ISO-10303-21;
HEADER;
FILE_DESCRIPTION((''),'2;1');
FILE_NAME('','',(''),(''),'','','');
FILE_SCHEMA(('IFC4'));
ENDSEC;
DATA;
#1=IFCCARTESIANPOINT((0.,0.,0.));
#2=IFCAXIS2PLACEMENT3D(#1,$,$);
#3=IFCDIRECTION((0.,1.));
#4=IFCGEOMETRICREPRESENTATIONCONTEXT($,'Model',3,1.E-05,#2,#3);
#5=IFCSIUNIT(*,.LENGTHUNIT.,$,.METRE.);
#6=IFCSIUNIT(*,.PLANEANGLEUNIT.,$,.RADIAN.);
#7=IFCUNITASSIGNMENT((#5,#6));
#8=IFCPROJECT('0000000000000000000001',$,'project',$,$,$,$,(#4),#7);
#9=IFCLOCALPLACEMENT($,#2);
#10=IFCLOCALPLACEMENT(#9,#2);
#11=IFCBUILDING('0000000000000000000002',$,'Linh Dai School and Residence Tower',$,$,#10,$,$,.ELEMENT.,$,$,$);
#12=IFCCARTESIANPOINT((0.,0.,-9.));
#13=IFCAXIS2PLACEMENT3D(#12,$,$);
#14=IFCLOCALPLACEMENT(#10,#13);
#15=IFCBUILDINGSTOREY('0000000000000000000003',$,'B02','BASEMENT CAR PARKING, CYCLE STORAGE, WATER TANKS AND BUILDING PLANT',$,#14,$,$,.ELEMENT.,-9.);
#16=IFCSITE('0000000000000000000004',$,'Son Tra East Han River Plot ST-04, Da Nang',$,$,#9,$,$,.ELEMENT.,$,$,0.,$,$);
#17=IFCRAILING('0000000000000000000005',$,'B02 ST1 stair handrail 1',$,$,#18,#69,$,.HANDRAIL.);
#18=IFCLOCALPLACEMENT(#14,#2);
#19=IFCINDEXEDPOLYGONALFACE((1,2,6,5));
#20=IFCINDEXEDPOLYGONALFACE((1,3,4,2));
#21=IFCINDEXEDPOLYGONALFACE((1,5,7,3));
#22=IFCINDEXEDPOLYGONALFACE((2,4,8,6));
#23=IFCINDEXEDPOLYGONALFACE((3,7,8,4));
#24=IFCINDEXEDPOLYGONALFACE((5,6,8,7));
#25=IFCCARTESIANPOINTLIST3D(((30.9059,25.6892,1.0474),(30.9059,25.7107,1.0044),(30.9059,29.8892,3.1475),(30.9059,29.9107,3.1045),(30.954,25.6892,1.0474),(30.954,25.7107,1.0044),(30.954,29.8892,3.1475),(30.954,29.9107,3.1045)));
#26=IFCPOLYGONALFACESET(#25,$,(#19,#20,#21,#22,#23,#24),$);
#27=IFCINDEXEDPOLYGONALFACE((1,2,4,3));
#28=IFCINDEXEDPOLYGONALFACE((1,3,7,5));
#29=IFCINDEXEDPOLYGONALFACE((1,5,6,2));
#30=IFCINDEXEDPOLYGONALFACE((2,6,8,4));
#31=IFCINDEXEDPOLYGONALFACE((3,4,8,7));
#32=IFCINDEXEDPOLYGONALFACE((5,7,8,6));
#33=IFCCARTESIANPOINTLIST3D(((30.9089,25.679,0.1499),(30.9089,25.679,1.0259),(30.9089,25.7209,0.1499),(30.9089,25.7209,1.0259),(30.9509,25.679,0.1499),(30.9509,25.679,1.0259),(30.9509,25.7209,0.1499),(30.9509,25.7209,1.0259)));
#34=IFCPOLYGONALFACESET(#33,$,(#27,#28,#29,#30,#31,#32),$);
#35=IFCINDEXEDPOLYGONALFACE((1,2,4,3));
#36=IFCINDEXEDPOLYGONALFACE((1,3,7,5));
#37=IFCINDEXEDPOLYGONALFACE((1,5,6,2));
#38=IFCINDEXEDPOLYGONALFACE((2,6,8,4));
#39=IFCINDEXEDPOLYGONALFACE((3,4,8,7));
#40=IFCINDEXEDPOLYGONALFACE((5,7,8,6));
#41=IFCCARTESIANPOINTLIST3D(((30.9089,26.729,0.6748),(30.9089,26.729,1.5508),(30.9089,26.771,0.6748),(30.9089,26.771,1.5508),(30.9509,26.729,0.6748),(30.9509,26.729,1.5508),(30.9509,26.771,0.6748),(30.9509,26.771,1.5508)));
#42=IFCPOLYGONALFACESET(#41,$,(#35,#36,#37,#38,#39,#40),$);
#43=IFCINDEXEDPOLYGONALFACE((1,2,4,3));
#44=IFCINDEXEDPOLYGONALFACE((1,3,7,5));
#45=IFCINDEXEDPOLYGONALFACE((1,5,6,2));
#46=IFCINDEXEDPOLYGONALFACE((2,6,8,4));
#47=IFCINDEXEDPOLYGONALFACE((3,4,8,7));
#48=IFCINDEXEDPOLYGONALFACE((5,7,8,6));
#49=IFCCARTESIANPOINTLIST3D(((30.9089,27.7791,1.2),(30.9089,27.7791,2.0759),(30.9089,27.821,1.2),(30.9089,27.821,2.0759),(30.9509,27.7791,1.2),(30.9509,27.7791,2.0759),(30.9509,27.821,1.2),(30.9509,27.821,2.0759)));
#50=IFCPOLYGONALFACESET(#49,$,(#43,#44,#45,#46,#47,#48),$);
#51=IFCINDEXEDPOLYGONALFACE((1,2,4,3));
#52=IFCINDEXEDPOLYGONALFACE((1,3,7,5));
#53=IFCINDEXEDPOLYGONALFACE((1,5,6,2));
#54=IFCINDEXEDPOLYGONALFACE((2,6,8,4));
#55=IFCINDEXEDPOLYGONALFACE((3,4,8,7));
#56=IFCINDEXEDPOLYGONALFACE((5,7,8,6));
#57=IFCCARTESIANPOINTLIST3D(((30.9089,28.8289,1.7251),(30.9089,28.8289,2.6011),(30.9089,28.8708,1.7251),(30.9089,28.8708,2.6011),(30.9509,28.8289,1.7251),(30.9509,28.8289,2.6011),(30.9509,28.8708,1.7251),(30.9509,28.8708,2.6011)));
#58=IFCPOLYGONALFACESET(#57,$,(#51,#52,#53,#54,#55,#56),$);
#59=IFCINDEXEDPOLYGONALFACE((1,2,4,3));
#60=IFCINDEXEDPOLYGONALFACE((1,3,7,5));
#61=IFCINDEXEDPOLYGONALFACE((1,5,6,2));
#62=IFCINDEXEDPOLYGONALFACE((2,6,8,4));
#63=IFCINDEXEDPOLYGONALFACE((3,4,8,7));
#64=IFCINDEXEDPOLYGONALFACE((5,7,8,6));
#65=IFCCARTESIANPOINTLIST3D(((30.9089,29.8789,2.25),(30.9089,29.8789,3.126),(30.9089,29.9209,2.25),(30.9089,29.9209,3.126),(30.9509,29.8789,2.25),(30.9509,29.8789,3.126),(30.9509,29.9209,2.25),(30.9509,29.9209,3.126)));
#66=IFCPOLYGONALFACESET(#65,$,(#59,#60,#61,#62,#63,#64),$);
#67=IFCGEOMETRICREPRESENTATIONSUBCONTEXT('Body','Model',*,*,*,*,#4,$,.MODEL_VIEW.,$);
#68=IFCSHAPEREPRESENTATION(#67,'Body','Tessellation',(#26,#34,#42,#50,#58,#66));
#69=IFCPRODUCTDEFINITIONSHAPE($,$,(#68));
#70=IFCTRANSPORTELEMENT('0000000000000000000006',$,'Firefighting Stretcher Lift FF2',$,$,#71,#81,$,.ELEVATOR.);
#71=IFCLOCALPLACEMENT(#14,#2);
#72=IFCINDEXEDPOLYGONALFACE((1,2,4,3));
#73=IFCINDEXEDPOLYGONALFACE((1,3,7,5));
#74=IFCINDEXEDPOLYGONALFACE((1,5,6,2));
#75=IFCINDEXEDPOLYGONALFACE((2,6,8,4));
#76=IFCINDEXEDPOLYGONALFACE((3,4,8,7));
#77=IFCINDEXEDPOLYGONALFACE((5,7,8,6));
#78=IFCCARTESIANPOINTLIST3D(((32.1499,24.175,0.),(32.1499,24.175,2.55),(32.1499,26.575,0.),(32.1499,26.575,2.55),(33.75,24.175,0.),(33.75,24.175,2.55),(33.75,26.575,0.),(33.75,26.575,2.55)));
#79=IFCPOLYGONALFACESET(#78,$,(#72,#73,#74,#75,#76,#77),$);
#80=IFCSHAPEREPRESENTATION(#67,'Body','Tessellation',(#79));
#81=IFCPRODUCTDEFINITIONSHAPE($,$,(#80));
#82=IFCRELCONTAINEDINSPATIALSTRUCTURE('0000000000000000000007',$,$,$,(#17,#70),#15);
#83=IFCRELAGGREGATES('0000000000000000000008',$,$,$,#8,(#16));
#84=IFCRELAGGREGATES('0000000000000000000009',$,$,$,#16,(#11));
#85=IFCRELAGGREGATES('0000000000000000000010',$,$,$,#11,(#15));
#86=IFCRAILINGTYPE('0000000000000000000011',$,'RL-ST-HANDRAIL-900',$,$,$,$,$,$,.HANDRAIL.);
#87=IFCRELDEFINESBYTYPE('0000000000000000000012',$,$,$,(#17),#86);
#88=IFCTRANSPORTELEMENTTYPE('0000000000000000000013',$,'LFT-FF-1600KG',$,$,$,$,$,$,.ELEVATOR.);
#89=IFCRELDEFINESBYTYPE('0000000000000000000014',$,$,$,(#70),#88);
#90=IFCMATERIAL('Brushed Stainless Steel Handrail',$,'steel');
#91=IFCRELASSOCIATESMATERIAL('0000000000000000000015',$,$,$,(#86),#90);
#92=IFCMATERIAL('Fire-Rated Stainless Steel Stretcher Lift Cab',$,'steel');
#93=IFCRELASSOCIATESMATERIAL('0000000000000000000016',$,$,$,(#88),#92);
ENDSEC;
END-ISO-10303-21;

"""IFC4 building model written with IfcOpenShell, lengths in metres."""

from ifc_helpers import new_model, si_unit, direction, frame, origin, origin_2d, place, context, subcontext, project, spatial, rectangle, extrude, source, transform, mapped, material, type_object, element, save


model = new_model("IFC4")

# Units and contexts
model_context = context("Model", 3, precision=1e-05, world=origin(), true_north=direction((0.0, 1.0)))
body_context = subcontext(model_context, "Body", "Model", "MODEL_VIEW")
ifc_project = project(units=[si_unit("LENGTHUNIT", "METRE"), si_unit("PLANEANGLEUNIT", "RADIAN")], contexts=[model_context])

# Site, building, storey
site_placement = place(None, origin())
site = spatial("IfcSite", under=ifc_project, at=site_placement, Name="Son Tra East Han River Plot ST-04, Da Nang", CompositionType="ELEMENT", RefElevation=0.0)
building_placement = place(site_placement, origin())
building = spatial("IfcBuilding", under=site, at=building_placement, Name="Linh Dai School and Residence Tower", CompositionType="ELEMENT")
storey_placement = place(building_placement, frame((0.0, 0.0, -9.0)))
storey = spatial("IfcBuildingStorey", under=building, at=storey_placement, Name="B02", Description="BASEMENT CAR PARKING, CYCLE STORAGE, WATER TANKS AND BUILDING PLANT", CompositionType="ELEMENT", Elevation=-9.0)

# Railing
ifc_material_1 = material(Name="Brushed Stainless Steel Handrail", Category="steel")
railing_type_1 = type_object("IfcRailingType", Name="RL-ST-HANDRAIL-900", PredefinedType="HANDRAIL", material=ifc_material_1)
shared_shape_1 = source(origin(), body_context, "Body", "SweptSolid", [
    extrude(rectangle(XDim=0.0481, YDim=0.0481, at=origin_2d()), frame((0.0, 0.0, 0.876), z_axis=(0.0, 0.894417, 0.447234), x_axis=(-1.0, 0.0, 0.0)), (0.0, 0.0, 1.0), 4.6958),
    extrude(rectangle(XDim=0.042, YDim=0.042, at=origin_2d()), origin(), (0.0, 0.0, 1.0), 0.876),
    extrude(rectangle(XDim=0.042, YDim=0.042, at=origin_2d()), frame((0.0, 1.05, 0.5249)), (0.0, 0.0, 1.0), 0.876),
    extrude(rectangle(XDim=0.042, YDim=0.042, at=origin_2d()), frame((0.0, 2.1001, 1.05)), (0.0, 0.0, 1.0), 0.876),
    extrude(rectangle(XDim=0.042, YDim=0.042, at=origin_2d()), frame((0.0, 3.1499, 1.5752)), (0.0, 0.0, 1.0), 0.876),
    extrude(rectangle(XDim=0.042, YDim=0.042, at=origin_2d()), frame((0.0, 4.2, 2.1001)), (0.0, 0.0, 1.0), 0.876),
])
railing_1_placement = place(storey_placement, frame((30.9299, 25.7, 0.1499)))
element("IfcRailing", 1, at=railing_1_placement, inside=storey, type_object=railing_type_1, Name="B02 ST1 stair handrail 1", PredefinedType="HANDRAIL", context=body_context, shape_type="MappedRepresentation", body=[
    mapped(shared_shape_1, transform((0.0, 0.0, 0.0), x_axis=(1.0, 0.0, 0.0), y_axis=(0.0, 1.0, 0.0), z_axis=(0.0, 0.0, 1.0), scale=1.0)),
])

# Transport element
ifc_material_2 = material(Name="Fire-Rated Stainless Steel Stretcher Lift Cab", Category="steel")
transport_element_type = type_object("IfcTransportElementType", Name="LFT-FF-1600KG", PredefinedType="ELEVATOR", material=ifc_material_2)
shared_shape_2 = source(origin(), body_context, "Body", "SweptSolid", [
    extrude(rectangle(XDim=1.6001, YDim=2.3999, at=origin_2d()), origin(), (0.0, 0.0, 1.0), 2.55),
])
transport_element_placement = place(storey_placement, frame((32.95, 25.375, 0.0), z_axis=(0.0, 0.0, 1.0), x_axis=(1.0, 0.0, 0.0)))
element("IfcTransportElement", 2, at=transport_element_placement, inside=storey, type_object=transport_element_type, Name="Firefighting Stretcher Lift FF2", PredefinedType="ELEVATOR", context=body_context, shape_type="MappedRepresentation", body=[
    mapped(shared_shape_2, transform((0.0, 0.0, 0.0), x_axis=(1.0, 0.0, 0.0), y_axis=(0.0, 1.0, 0.0), z_axis=(0.0, 0.0, 1.0), scale=1.0)),
])

save(model, "model.ifc")
